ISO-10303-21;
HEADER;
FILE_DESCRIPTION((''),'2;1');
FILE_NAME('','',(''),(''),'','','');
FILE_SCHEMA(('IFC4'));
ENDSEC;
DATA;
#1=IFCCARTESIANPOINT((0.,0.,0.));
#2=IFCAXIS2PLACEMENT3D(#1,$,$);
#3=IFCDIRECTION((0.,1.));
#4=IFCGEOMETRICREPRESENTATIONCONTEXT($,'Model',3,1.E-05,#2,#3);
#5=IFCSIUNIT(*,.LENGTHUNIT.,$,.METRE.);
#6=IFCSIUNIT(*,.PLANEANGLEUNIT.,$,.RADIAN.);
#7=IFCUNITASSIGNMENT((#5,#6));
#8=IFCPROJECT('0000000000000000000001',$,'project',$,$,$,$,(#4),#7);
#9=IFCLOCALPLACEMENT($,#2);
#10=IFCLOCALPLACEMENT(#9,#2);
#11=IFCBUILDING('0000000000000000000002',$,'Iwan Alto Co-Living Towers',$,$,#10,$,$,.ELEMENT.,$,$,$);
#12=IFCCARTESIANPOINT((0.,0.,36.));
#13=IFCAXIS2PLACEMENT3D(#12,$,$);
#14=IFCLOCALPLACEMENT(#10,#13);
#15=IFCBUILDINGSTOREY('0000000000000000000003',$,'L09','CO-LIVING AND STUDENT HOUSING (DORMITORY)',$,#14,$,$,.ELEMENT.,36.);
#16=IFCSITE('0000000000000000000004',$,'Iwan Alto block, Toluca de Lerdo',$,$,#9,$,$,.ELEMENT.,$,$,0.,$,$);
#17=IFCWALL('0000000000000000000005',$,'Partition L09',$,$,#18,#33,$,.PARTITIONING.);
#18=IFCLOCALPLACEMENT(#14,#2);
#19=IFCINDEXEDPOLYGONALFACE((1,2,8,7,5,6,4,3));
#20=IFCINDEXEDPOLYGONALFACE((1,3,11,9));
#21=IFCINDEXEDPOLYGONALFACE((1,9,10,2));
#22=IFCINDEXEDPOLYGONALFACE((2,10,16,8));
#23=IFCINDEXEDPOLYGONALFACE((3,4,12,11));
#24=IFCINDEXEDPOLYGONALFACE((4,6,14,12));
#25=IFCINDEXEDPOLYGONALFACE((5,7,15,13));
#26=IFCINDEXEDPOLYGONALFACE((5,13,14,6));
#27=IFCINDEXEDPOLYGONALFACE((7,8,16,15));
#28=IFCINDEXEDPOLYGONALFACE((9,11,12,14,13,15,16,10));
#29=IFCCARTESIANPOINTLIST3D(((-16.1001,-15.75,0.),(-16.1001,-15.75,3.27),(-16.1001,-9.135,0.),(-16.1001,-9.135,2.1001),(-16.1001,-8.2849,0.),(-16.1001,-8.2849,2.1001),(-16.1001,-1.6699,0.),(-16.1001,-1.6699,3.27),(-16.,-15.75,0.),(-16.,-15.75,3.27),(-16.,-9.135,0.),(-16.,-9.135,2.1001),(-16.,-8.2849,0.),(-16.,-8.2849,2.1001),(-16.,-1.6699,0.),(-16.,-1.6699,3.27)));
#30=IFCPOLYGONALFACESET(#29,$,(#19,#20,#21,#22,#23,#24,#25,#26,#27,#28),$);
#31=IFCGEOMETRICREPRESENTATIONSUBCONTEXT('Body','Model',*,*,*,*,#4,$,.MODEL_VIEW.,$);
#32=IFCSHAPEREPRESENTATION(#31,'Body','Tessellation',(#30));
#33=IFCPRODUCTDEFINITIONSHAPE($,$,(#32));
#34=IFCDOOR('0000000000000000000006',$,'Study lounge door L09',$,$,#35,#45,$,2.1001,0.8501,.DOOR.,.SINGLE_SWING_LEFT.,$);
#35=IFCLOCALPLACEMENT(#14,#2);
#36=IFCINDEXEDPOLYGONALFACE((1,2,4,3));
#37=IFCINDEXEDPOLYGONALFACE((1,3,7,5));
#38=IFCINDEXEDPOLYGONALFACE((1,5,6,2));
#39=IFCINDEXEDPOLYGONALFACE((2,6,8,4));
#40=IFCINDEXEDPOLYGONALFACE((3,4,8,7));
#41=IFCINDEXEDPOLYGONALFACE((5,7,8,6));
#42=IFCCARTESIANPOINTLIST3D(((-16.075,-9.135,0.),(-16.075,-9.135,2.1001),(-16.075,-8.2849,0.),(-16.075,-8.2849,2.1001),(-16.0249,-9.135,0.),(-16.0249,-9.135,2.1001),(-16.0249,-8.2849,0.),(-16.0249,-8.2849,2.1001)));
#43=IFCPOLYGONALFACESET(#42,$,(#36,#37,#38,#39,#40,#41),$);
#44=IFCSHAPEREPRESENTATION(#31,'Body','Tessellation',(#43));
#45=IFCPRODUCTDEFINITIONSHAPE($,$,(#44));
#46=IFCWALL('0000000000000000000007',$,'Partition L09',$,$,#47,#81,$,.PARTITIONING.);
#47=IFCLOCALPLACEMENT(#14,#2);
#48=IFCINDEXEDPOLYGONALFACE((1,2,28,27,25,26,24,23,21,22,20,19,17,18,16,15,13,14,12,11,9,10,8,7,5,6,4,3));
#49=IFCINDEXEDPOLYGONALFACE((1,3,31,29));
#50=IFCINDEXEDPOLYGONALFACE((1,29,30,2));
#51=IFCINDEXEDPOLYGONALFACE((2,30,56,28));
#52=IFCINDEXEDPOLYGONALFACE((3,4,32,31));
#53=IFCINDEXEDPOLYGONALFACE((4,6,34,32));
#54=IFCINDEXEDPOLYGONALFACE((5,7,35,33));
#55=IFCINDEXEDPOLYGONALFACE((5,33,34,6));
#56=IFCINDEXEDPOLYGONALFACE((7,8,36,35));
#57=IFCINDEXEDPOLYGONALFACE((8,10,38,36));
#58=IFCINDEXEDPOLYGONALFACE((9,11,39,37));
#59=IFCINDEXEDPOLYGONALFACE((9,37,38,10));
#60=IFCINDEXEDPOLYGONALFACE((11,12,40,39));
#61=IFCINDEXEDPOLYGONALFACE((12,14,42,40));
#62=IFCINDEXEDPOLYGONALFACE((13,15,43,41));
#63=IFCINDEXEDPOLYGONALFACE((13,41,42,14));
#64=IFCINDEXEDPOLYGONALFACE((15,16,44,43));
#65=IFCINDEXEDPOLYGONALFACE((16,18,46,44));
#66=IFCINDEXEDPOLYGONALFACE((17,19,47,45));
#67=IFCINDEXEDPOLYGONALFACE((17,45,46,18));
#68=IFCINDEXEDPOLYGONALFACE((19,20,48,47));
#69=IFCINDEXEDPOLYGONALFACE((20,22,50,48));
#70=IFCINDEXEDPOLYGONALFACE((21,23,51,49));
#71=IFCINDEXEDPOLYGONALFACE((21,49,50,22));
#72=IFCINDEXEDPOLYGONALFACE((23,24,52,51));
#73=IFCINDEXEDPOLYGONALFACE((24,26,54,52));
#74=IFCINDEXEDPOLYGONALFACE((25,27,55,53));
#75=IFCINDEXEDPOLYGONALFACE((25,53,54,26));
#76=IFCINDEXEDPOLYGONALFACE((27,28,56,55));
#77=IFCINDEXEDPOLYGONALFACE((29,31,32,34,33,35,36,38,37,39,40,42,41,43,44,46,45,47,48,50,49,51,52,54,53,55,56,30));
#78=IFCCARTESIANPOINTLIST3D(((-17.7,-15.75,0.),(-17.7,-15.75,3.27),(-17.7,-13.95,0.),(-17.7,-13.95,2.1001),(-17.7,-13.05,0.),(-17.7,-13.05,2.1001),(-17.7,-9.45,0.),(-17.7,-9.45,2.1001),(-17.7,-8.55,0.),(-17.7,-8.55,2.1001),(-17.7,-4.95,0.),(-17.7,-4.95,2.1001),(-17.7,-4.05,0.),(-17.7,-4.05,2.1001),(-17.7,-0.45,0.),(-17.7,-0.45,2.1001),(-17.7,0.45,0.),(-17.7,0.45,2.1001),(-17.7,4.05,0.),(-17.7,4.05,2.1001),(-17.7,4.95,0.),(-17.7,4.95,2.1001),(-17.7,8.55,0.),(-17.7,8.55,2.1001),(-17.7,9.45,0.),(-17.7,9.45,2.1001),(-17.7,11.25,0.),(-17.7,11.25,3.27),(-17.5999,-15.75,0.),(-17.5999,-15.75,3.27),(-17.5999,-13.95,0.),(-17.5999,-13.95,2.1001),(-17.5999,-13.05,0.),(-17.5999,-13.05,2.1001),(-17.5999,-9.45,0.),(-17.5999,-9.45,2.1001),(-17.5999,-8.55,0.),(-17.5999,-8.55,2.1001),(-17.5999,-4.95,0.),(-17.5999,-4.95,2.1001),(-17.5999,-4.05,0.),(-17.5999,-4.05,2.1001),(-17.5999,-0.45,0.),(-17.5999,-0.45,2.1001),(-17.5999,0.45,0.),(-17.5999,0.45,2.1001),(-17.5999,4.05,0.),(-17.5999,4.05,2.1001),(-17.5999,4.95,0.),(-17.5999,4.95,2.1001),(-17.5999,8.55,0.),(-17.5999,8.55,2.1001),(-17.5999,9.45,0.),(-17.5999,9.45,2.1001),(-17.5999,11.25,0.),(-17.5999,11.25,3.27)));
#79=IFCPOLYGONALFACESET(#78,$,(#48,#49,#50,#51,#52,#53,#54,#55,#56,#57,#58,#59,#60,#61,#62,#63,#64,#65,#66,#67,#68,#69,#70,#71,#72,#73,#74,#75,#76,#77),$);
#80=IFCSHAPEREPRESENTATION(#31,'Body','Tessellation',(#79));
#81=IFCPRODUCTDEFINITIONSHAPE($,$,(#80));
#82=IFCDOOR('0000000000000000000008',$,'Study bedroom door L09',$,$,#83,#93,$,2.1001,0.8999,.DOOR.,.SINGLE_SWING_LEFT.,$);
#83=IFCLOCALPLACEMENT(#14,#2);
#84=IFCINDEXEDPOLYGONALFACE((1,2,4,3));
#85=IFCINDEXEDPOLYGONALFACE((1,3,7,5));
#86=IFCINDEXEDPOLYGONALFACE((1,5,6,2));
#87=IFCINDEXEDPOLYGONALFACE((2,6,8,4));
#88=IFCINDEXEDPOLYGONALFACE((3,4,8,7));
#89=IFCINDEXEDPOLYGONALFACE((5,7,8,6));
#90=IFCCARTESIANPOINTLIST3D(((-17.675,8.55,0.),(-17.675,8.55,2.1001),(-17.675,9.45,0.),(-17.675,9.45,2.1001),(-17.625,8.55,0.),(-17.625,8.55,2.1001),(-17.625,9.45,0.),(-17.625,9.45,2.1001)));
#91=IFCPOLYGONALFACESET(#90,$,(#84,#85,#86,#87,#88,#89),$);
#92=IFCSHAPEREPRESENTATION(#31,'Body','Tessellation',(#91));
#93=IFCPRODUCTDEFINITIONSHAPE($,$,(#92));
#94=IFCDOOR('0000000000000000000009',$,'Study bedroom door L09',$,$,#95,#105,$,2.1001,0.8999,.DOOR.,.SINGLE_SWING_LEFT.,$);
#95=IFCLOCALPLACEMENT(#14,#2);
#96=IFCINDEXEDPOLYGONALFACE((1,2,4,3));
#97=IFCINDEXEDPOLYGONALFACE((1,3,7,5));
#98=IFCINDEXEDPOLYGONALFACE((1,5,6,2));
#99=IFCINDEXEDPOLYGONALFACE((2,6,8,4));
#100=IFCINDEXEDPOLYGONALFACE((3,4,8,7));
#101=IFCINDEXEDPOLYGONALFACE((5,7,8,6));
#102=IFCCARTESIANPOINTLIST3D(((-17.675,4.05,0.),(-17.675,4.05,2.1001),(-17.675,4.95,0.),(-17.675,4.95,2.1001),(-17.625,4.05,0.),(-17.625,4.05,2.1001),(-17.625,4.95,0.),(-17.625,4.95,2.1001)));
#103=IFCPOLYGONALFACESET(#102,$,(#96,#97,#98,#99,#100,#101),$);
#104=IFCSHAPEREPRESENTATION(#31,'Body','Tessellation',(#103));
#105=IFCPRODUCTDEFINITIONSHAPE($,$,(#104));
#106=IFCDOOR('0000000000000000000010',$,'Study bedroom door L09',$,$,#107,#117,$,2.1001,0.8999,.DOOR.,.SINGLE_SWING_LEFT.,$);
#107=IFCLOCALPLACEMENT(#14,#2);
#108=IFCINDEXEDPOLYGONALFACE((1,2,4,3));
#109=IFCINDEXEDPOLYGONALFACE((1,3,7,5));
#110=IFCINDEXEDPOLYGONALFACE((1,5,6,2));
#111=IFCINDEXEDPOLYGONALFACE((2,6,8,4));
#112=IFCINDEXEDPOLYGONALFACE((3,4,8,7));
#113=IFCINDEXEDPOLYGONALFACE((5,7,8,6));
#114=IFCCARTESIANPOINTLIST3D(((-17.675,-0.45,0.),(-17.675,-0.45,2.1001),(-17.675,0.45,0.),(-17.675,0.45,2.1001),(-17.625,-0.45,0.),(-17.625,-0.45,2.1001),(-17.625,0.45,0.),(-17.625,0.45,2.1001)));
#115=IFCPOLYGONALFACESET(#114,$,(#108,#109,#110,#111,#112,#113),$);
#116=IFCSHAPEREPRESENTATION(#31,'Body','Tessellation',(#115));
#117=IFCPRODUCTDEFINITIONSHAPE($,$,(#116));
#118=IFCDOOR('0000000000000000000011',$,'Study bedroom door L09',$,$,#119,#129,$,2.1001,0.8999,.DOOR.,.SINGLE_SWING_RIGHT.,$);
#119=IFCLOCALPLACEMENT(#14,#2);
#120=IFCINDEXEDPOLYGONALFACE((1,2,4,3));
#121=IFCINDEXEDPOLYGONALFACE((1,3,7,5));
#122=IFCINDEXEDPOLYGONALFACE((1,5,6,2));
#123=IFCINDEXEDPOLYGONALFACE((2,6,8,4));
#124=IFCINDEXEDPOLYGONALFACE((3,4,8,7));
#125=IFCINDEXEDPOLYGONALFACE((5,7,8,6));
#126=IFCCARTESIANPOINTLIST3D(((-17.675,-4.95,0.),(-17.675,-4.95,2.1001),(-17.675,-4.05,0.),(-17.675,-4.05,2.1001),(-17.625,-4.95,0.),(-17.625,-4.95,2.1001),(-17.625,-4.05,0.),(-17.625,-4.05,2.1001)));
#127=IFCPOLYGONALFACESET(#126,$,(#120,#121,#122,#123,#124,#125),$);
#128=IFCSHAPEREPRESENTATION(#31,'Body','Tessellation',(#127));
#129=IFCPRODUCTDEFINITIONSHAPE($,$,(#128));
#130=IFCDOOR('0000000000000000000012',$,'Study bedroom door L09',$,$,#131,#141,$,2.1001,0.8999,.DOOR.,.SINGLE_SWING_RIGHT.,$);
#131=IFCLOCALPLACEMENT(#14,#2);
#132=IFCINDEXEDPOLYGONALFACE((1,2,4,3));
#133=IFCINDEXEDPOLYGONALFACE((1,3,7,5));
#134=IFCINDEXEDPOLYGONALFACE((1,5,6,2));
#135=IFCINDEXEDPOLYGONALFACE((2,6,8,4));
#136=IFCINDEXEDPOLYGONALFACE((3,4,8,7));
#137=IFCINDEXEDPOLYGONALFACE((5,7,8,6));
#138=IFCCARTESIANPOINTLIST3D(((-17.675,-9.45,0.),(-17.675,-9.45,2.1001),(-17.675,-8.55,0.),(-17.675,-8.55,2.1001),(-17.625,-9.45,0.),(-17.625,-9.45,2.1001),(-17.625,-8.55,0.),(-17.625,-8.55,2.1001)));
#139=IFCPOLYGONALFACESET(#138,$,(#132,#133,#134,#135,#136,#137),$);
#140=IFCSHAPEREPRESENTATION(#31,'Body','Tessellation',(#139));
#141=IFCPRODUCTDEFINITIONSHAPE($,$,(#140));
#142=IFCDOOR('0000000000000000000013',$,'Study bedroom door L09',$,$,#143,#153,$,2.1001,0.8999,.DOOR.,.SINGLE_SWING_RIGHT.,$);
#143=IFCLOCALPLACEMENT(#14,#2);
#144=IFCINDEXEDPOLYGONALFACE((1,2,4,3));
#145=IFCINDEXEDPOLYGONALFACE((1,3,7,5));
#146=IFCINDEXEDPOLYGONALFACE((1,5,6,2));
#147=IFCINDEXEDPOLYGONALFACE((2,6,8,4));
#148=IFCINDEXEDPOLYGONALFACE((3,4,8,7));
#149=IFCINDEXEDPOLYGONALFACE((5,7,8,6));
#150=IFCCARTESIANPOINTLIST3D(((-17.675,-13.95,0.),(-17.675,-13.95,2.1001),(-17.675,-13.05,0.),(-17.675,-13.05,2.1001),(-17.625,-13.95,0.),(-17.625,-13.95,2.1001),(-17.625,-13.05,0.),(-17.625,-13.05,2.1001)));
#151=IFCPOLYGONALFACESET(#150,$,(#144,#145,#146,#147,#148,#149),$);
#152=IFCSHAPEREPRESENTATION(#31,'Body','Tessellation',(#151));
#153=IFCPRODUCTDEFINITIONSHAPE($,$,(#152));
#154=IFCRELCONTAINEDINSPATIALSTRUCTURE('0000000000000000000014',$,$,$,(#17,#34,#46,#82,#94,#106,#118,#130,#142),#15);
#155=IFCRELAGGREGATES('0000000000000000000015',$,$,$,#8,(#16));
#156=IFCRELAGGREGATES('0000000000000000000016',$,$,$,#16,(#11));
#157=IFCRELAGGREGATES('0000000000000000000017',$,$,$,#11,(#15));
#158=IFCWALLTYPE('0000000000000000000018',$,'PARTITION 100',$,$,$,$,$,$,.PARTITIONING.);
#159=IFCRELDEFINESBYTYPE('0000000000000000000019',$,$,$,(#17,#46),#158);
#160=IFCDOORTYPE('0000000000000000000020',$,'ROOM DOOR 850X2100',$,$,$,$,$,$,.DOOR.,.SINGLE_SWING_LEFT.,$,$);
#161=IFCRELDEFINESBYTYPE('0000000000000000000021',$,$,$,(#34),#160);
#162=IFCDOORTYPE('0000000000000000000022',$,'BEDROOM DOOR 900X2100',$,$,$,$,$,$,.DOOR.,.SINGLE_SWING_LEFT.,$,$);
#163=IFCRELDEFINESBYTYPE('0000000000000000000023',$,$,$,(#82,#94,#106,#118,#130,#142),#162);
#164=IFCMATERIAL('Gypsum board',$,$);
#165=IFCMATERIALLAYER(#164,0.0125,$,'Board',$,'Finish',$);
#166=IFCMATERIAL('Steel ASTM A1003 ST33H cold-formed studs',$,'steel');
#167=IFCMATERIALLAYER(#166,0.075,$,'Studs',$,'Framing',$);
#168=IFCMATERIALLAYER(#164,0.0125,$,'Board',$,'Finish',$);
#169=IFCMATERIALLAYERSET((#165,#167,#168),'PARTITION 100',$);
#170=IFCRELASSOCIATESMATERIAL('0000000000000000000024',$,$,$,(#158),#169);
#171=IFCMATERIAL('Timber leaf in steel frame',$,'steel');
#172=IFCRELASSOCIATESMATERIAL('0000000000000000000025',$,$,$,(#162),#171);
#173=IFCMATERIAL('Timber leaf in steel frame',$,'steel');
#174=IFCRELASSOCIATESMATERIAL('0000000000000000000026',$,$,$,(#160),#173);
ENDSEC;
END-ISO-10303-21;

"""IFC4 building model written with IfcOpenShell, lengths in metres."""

from ifc_helpers import new_model, si_unit, direction, frame, frame_2d, origin, place, context, subcontext, project, spatial, rectangle, extrude, material, layer, layer_set, type_object, element, fill, save


model = new_model("IFC4")

# Units and contexts
model_context = context("Model", 3, precision=1e-05, world=origin(), true_north=direction((0.0, 1.0)))
body_context = subcontext(model_context, "Body", "Model", "MODEL_VIEW")
ifc_project = project(units=[si_unit("LENGTHUNIT", "METRE"), si_unit("PLANEANGLEUNIT", "RADIAN")], contexts=[model_context])

# Site, building, storey
site_placement = place(None, origin())
site = spatial("IfcSite", under=ifc_project, at=site_placement, Name="Iwan Alto block, Toluca de Lerdo", CompositionType="ELEMENT", RefElevation=0.0)
building_placement = place(site_placement, origin())
building = spatial("IfcBuilding", under=site, at=building_placement, Name="Iwan Alto Co-Living Towers", CompositionType="ELEMENT")
storey_placement = place(building_placement, frame((0.0, 0.0, 36.0)))
storey = spatial("IfcBuildingStorey", under=building, at=storey_placement, Name="L09", Description="CO-LIVING AND STUDENT HOUSING (DORMITORY)", CompositionType="ELEMENT", Elevation=36.0)

# Shared definitions
ifc_material_1 = material(Name="Gypsum board")
ifc_layer_1 = layer(ifc_material_1, 0.0125, Name="Board", Category="Finish")
ifc_material_2 = material(Name="Steel ASTM A1003 ST33H cold-formed studs", Category="steel")
ifc_layer_2 = layer(ifc_material_2, 0.075, Name="Studs", Category="Framing")
ifc_layer_3 = layer(ifc_material_1, 0.0125, Name="Board", Category="Finish")
ifc_layer_set_1 = layer_set([ifc_layer_1, ifc_layer_2, ifc_layer_3], Name="PARTITION 100")
wall_type_1 = type_object("IfcWallType", Name="PARTITION 100", PredefinedType="PARTITIONING", material=ifc_layer_set_1)
ifc_material_3 = material(Name="Timber leaf in steel frame", Category="steel")
door_type_1 = type_object("IfcDoorType", Name="BEDROOM DOOR 900X2100", OperationType="SINGLE_SWING_LEFT", PredefinedType="DOOR", material=ifc_material_3)

# Wall, opening, door
wall_1_placement = place(storey_placement, frame((-16.05, -15.75, 0.0), z_axis=(0.0, 0.0, 1.0), x_axis=(0.0, 1.0, 0.0)))
wall_1 = element("IfcWall", 1, at=wall_1_placement, inside=storey, type_object=wall_type_1, Name="Partition L09", PredefinedType="PARTITIONING", context=body_context, shape_type="SweptSolid", body=[
    extrude(rectangle(XDim=14.0801, YDim=0.1001, at=frame_2d((7.04, 0.0))), origin(), (0.0, 0.0, 1.0), 3.27),
])
opening_1_placement = place(wall_1_placement, frame((6.615, 0.0, 0.0)))
opening_1 = element("IfcOpeningElement", 2, at=opening_1_placement, cuts=wall_1, PredefinedType="OPENING", context=body_context, shape_type="SweptSolid", body=[
    extrude(rectangle(XDim=0.8501, YDim=2.1001, at=frame_2d((0.425, 1.05))), frame((0.0, 0.0601, 0.0), z_axis=(0.0, -1.0, 0.0), x_axis=(1.0, 0.0, 0.0)), (0.0, 0.0, 1.0), 0.1201),
])
ifc_material_4 = material(Name="Timber leaf in steel frame", Category="steel")
door_type_2 = type_object("IfcDoorType", Name="ROOM DOOR 850X2100", OperationType="SINGLE_SWING_LEFT", PredefinedType="DOOR", material=ifc_material_4)
door_1_placement = place(opening_1_placement, origin())
door_1 = element("IfcDoor", 3, at=door_1_placement, inside=storey, type_object=door_type_2, Name="Study lounge door L09", OperationType="SINGLE_SWING_LEFT", OverallHeight=2.1001, OverallWidth=0.8501, PredefinedType="DOOR", context=body_context, shape_type="SweptSolid", body=[
    extrude(rectangle(XDim=0.8501, YDim=2.1001, at=frame_2d((0.425, 1.05))), frame((0.0, 0.0249, 0.0), z_axis=(0.0, -1.0, 0.0), x_axis=(1.0, 0.0, 0.0)), (0.0, 0.0, 1.0), 0.05),
])
fill(opening_1, door_1)

# Wall, openings, doors
wall_2_placement = place(storey_placement, frame((-17.6499, -15.75, 0.0), z_axis=(0.0, 0.0, 1.0), x_axis=(0.0, 1.0, 0.0)))
wall_2 = element("IfcWall", 4, at=wall_2_placement, inside=storey, type_object=wall_type_1, Name="Partition L09", PredefinedType="PARTITIONING", context=body_context, shape_type="SweptSolid", body=[
    extrude(rectangle(XDim=27.0, YDim=0.1001, at=frame_2d((13.5, 0.0))), origin(), (0.0, 0.0, 1.0), 3.27),
])
opening_2_placement = place(wall_2_placement, frame((24.3, 0.0, 0.0)))
opening_2 = element("IfcOpeningElement", 5, at=opening_2_placement, cuts=wall_2, PredefinedType="OPENING", context=body_context, shape_type="SweptSolid", body=[
    extrude(rectangle(XDim=0.8999, YDim=2.1001, at=frame_2d((0.45, 1.05))), frame((0.0, 0.0601, 0.0), z_axis=(0.0, -1.0, 0.0), x_axis=(1.0, 0.0, 0.0)), (0.0, 0.0, 1.0), 0.1201),
])
opening_3_placement = place(wall_2_placement, frame((19.8, 0.0, 0.0)))
opening_3 = element("IfcOpeningElement", 6, at=opening_3_placement, cuts=wall_2, PredefinedType="OPENING", context=body_context, shape_type="SweptSolid", body=[
    extrude(rectangle(XDim=0.8999, YDim=2.1001, at=frame_2d((0.45, 1.05))), frame((0.0, 0.0601, 0.0), z_axis=(0.0, -1.0, 0.0), x_axis=(1.0, 0.0, 0.0)), (0.0, 0.0, 1.0), 0.1201),
])
opening_4_placement = place(wall_2_placement, frame((15.3, 0.0, 0.0)))
opening_4 = element("IfcOpeningElement", 7, at=opening_4_placement, cuts=wall_2, PredefinedType="OPENING", context=body_context, shape_type="SweptSolid", body=[
    extrude(rectangle(XDim=0.8999, YDim=2.1001, at=frame_2d((0.45, 1.05))), frame((0.0, 0.0601, 0.0), z_axis=(0.0, -1.0, 0.0), x_axis=(1.0, 0.0, 0.0)), (0.0, 0.0, 1.0), 0.1201),
])
opening_5_placement = place(wall_2_placement, frame((10.8, 0.0, 0.0)))
opening_5 = element("IfcOpeningElement", 8, at=opening_5_placement, cuts=wall_2, PredefinedType="OPENING", context=body_context, shape_type="SweptSolid", body=[
    extrude(rectangle(XDim=0.8999, YDim=2.1001, at=frame_2d((0.45, 1.05))), frame((0.0, 0.0601, 0.0), z_axis=(0.0, -1.0, 0.0), x_axis=(1.0, 0.0, 0.0)), (0.0, 0.0, 1.0), 0.1201),
])
opening_6_placement = place(wall_2_placement, frame((6.3, 0.0, 0.0)))
opening_6 = element("IfcOpeningElement", 9, at=opening_6_placement, cuts=wall_2, PredefinedType="OPENING", context=body_context, shape_type="SweptSolid", body=[
    extrude(rectangle(XDim=0.8999, YDim=2.1001, at=frame_2d((0.45, 1.05))), frame((0.0, 0.0601, 0.0), z_axis=(0.0, -1.0, 0.0), x_axis=(1.0, 0.0, 0.0)), (0.0, 0.0, 1.0), 0.1201),
])
opening_7_placement = place(wall_2_placement, frame((1.8, 0.0, 0.0)))
opening_7 = element("IfcOpeningElement", 10, at=opening_7_placement, cuts=wall_2, PredefinedType="OPENING", context=body_context, shape_type="SweptSolid", body=[
    extrude(rectangle(XDim=0.8999, YDim=2.1001, at=frame_2d((0.45, 1.05))), frame((0.0, 0.0601, 0.0), z_axis=(0.0, -1.0, 0.0), x_axis=(1.0, 0.0, 0.0)), (0.0, 0.0, 1.0), 0.1201),
])
door_2_placement = place(opening_2_placement, frame((0.8999, 0.0, 0.0), z_axis=(0.0, 0.0, 1.0), x_axis=(-1.0, 0.0, 0.0)))
door_2 = element("IfcDoor", 11, at=door_2_placement, inside=storey, type_object=door_type_1, Name="Study bedroom door L09", OperationType="SINGLE_SWING_LEFT", OverallHeight=2.1001, OverallWidth=0.8999, PredefinedType="DOOR", context=body_context, shape_type="SweptSolid", body=[
    extrude(rectangle(XDim=0.8999, YDim=2.1001, at=frame_2d((0.45, 1.05))), frame((0.0, 0.0249, 0.0), z_axis=(0.0, -1.0, 0.0), x_axis=(1.0, 0.0, 0.0)), (0.0, 0.0, 1.0), 0.05),
])
fill(opening_2, door_2)
door_3_placement = place(opening_3_placement, frame((0.8999, 0.0, 0.0), z_axis=(0.0, 0.0, 1.0), x_axis=(-1.0, 0.0, 0.0)))
door_3 = element("IfcDoor", 12, at=door_3_placement, inside=storey, type_object=door_type_1, Name="Study bedroom door L09", OperationType="SINGLE_SWING_LEFT", OverallHeight=2.1001, OverallWidth=0.8999, PredefinedType="DOOR", context=body_context, shape_type="SweptSolid", body=[
    extrude(rectangle(XDim=0.8999, YDim=2.1001, at=frame_2d((0.45, 1.05))), frame((0.0, 0.0249, 0.0), z_axis=(0.0, -1.0, 0.0), x_axis=(1.0, 0.0, 0.0)), (0.0, 0.0, 1.0), 0.05),
])
fill(opening_3, door_3)
door_4_placement = place(opening_4_placement, frame((0.8999, 0.0, 0.0), z_axis=(0.0, 0.0, 1.0), x_axis=(-1.0, 0.0, 0.0)))
door_4 = element("IfcDoor", 13, at=door_4_placement, inside=storey, type_object=door_type_1, Name="Study bedroom door L09", OperationType="SINGLE_SWING_LEFT", OverallHeight=2.1001, OverallWidth=0.8999, PredefinedType="DOOR", context=body_context, shape_type="SweptSolid", body=[
    extrude(rectangle(XDim=0.8999, YDim=2.1001, at=frame_2d((0.45, 1.05))), frame((0.0, 0.0249, 0.0), z_axis=(0.0, -1.0, 0.0), x_axis=(1.0, 0.0, 0.0)), (0.0, 0.0, 1.0), 0.05),
])
fill(opening_4, door_4)
door_5_placement = place(opening_5_placement, frame((0.8999, 0.0, 0.0), z_axis=(0.0, 0.0, 1.0), x_axis=(-1.0, 0.0, 0.0)))
door_5 = element("IfcDoor", 14, at=door_5_placement, inside=storey, type_object=door_type_1, Name="Study bedroom door L09", OperationType="SINGLE_SWING_RIGHT", OverallHeight=2.1001, OverallWidth=0.8999, PredefinedType="DOOR", context=body_context, shape_type="SweptSolid", body=[
    extrude(rectangle(XDim=0.8999, YDim=2.1001, at=frame_2d((0.45, 1.05))), frame((0.0, 0.0249, 0.0), z_axis=(0.0, -1.0, 0.0), x_axis=(1.0, 0.0, 0.0)), (0.0, 0.0, 1.0), 0.05),
])
fill(opening_5, door_5)
door_6_placement = place(opening_6_placement, frame((0.8999, 0.0, 0.0), z_axis=(0.0, 0.0, 1.0), x_axis=(-1.0, 0.0, 0.0)))
door_6 = element("IfcDoor", 15, at=door_6_placement, inside=storey, type_object=door_type_1, Name="Study bedroom door L09", OperationType="SINGLE_SWING_RIGHT", OverallHeight=2.1001, OverallWidth=0.8999, PredefinedType="DOOR", context=body_context, shape_type="SweptSolid", body=[
    extrude(rectangle(XDim=0.8999, YDim=2.1001, at=frame_2d((0.45, 1.05))), frame((0.0, 0.0249, 0.0), z_axis=(0.0, -1.0, 0.0), x_axis=(1.0, 0.0, 0.0)), (0.0, 0.0, 1.0), 0.05),
])
fill(opening_6, door_6)
door_7_placement = place(opening_7_placement, frame((0.8999, 0.0, 0.0), z_axis=(0.0, 0.0, 1.0), x_axis=(-1.0, 0.0, 0.0)))
door_7 = element("IfcDoor", 16, at=door_7_placement, inside=storey, type_object=door_type_1, Name="Study bedroom door L09", OperationType="SINGLE_SWING_RIGHT", OverallHeight=2.1001, OverallWidth=0.8999, PredefinedType="DOOR", context=body_context, shape_type="SweptSolid", body=[
    extrude(rectangle(XDim=0.8999, YDim=2.1001, at=frame_2d((0.45, 1.05))), frame((0.0, 0.0249, 0.0), z_axis=(0.0, -1.0, 0.0), x_axis=(1.0, 0.0, 0.0)), (0.0, 0.0, 1.0), 0.05),
])
fill(opening_7, door_7)

save(model, "model.ifc")
